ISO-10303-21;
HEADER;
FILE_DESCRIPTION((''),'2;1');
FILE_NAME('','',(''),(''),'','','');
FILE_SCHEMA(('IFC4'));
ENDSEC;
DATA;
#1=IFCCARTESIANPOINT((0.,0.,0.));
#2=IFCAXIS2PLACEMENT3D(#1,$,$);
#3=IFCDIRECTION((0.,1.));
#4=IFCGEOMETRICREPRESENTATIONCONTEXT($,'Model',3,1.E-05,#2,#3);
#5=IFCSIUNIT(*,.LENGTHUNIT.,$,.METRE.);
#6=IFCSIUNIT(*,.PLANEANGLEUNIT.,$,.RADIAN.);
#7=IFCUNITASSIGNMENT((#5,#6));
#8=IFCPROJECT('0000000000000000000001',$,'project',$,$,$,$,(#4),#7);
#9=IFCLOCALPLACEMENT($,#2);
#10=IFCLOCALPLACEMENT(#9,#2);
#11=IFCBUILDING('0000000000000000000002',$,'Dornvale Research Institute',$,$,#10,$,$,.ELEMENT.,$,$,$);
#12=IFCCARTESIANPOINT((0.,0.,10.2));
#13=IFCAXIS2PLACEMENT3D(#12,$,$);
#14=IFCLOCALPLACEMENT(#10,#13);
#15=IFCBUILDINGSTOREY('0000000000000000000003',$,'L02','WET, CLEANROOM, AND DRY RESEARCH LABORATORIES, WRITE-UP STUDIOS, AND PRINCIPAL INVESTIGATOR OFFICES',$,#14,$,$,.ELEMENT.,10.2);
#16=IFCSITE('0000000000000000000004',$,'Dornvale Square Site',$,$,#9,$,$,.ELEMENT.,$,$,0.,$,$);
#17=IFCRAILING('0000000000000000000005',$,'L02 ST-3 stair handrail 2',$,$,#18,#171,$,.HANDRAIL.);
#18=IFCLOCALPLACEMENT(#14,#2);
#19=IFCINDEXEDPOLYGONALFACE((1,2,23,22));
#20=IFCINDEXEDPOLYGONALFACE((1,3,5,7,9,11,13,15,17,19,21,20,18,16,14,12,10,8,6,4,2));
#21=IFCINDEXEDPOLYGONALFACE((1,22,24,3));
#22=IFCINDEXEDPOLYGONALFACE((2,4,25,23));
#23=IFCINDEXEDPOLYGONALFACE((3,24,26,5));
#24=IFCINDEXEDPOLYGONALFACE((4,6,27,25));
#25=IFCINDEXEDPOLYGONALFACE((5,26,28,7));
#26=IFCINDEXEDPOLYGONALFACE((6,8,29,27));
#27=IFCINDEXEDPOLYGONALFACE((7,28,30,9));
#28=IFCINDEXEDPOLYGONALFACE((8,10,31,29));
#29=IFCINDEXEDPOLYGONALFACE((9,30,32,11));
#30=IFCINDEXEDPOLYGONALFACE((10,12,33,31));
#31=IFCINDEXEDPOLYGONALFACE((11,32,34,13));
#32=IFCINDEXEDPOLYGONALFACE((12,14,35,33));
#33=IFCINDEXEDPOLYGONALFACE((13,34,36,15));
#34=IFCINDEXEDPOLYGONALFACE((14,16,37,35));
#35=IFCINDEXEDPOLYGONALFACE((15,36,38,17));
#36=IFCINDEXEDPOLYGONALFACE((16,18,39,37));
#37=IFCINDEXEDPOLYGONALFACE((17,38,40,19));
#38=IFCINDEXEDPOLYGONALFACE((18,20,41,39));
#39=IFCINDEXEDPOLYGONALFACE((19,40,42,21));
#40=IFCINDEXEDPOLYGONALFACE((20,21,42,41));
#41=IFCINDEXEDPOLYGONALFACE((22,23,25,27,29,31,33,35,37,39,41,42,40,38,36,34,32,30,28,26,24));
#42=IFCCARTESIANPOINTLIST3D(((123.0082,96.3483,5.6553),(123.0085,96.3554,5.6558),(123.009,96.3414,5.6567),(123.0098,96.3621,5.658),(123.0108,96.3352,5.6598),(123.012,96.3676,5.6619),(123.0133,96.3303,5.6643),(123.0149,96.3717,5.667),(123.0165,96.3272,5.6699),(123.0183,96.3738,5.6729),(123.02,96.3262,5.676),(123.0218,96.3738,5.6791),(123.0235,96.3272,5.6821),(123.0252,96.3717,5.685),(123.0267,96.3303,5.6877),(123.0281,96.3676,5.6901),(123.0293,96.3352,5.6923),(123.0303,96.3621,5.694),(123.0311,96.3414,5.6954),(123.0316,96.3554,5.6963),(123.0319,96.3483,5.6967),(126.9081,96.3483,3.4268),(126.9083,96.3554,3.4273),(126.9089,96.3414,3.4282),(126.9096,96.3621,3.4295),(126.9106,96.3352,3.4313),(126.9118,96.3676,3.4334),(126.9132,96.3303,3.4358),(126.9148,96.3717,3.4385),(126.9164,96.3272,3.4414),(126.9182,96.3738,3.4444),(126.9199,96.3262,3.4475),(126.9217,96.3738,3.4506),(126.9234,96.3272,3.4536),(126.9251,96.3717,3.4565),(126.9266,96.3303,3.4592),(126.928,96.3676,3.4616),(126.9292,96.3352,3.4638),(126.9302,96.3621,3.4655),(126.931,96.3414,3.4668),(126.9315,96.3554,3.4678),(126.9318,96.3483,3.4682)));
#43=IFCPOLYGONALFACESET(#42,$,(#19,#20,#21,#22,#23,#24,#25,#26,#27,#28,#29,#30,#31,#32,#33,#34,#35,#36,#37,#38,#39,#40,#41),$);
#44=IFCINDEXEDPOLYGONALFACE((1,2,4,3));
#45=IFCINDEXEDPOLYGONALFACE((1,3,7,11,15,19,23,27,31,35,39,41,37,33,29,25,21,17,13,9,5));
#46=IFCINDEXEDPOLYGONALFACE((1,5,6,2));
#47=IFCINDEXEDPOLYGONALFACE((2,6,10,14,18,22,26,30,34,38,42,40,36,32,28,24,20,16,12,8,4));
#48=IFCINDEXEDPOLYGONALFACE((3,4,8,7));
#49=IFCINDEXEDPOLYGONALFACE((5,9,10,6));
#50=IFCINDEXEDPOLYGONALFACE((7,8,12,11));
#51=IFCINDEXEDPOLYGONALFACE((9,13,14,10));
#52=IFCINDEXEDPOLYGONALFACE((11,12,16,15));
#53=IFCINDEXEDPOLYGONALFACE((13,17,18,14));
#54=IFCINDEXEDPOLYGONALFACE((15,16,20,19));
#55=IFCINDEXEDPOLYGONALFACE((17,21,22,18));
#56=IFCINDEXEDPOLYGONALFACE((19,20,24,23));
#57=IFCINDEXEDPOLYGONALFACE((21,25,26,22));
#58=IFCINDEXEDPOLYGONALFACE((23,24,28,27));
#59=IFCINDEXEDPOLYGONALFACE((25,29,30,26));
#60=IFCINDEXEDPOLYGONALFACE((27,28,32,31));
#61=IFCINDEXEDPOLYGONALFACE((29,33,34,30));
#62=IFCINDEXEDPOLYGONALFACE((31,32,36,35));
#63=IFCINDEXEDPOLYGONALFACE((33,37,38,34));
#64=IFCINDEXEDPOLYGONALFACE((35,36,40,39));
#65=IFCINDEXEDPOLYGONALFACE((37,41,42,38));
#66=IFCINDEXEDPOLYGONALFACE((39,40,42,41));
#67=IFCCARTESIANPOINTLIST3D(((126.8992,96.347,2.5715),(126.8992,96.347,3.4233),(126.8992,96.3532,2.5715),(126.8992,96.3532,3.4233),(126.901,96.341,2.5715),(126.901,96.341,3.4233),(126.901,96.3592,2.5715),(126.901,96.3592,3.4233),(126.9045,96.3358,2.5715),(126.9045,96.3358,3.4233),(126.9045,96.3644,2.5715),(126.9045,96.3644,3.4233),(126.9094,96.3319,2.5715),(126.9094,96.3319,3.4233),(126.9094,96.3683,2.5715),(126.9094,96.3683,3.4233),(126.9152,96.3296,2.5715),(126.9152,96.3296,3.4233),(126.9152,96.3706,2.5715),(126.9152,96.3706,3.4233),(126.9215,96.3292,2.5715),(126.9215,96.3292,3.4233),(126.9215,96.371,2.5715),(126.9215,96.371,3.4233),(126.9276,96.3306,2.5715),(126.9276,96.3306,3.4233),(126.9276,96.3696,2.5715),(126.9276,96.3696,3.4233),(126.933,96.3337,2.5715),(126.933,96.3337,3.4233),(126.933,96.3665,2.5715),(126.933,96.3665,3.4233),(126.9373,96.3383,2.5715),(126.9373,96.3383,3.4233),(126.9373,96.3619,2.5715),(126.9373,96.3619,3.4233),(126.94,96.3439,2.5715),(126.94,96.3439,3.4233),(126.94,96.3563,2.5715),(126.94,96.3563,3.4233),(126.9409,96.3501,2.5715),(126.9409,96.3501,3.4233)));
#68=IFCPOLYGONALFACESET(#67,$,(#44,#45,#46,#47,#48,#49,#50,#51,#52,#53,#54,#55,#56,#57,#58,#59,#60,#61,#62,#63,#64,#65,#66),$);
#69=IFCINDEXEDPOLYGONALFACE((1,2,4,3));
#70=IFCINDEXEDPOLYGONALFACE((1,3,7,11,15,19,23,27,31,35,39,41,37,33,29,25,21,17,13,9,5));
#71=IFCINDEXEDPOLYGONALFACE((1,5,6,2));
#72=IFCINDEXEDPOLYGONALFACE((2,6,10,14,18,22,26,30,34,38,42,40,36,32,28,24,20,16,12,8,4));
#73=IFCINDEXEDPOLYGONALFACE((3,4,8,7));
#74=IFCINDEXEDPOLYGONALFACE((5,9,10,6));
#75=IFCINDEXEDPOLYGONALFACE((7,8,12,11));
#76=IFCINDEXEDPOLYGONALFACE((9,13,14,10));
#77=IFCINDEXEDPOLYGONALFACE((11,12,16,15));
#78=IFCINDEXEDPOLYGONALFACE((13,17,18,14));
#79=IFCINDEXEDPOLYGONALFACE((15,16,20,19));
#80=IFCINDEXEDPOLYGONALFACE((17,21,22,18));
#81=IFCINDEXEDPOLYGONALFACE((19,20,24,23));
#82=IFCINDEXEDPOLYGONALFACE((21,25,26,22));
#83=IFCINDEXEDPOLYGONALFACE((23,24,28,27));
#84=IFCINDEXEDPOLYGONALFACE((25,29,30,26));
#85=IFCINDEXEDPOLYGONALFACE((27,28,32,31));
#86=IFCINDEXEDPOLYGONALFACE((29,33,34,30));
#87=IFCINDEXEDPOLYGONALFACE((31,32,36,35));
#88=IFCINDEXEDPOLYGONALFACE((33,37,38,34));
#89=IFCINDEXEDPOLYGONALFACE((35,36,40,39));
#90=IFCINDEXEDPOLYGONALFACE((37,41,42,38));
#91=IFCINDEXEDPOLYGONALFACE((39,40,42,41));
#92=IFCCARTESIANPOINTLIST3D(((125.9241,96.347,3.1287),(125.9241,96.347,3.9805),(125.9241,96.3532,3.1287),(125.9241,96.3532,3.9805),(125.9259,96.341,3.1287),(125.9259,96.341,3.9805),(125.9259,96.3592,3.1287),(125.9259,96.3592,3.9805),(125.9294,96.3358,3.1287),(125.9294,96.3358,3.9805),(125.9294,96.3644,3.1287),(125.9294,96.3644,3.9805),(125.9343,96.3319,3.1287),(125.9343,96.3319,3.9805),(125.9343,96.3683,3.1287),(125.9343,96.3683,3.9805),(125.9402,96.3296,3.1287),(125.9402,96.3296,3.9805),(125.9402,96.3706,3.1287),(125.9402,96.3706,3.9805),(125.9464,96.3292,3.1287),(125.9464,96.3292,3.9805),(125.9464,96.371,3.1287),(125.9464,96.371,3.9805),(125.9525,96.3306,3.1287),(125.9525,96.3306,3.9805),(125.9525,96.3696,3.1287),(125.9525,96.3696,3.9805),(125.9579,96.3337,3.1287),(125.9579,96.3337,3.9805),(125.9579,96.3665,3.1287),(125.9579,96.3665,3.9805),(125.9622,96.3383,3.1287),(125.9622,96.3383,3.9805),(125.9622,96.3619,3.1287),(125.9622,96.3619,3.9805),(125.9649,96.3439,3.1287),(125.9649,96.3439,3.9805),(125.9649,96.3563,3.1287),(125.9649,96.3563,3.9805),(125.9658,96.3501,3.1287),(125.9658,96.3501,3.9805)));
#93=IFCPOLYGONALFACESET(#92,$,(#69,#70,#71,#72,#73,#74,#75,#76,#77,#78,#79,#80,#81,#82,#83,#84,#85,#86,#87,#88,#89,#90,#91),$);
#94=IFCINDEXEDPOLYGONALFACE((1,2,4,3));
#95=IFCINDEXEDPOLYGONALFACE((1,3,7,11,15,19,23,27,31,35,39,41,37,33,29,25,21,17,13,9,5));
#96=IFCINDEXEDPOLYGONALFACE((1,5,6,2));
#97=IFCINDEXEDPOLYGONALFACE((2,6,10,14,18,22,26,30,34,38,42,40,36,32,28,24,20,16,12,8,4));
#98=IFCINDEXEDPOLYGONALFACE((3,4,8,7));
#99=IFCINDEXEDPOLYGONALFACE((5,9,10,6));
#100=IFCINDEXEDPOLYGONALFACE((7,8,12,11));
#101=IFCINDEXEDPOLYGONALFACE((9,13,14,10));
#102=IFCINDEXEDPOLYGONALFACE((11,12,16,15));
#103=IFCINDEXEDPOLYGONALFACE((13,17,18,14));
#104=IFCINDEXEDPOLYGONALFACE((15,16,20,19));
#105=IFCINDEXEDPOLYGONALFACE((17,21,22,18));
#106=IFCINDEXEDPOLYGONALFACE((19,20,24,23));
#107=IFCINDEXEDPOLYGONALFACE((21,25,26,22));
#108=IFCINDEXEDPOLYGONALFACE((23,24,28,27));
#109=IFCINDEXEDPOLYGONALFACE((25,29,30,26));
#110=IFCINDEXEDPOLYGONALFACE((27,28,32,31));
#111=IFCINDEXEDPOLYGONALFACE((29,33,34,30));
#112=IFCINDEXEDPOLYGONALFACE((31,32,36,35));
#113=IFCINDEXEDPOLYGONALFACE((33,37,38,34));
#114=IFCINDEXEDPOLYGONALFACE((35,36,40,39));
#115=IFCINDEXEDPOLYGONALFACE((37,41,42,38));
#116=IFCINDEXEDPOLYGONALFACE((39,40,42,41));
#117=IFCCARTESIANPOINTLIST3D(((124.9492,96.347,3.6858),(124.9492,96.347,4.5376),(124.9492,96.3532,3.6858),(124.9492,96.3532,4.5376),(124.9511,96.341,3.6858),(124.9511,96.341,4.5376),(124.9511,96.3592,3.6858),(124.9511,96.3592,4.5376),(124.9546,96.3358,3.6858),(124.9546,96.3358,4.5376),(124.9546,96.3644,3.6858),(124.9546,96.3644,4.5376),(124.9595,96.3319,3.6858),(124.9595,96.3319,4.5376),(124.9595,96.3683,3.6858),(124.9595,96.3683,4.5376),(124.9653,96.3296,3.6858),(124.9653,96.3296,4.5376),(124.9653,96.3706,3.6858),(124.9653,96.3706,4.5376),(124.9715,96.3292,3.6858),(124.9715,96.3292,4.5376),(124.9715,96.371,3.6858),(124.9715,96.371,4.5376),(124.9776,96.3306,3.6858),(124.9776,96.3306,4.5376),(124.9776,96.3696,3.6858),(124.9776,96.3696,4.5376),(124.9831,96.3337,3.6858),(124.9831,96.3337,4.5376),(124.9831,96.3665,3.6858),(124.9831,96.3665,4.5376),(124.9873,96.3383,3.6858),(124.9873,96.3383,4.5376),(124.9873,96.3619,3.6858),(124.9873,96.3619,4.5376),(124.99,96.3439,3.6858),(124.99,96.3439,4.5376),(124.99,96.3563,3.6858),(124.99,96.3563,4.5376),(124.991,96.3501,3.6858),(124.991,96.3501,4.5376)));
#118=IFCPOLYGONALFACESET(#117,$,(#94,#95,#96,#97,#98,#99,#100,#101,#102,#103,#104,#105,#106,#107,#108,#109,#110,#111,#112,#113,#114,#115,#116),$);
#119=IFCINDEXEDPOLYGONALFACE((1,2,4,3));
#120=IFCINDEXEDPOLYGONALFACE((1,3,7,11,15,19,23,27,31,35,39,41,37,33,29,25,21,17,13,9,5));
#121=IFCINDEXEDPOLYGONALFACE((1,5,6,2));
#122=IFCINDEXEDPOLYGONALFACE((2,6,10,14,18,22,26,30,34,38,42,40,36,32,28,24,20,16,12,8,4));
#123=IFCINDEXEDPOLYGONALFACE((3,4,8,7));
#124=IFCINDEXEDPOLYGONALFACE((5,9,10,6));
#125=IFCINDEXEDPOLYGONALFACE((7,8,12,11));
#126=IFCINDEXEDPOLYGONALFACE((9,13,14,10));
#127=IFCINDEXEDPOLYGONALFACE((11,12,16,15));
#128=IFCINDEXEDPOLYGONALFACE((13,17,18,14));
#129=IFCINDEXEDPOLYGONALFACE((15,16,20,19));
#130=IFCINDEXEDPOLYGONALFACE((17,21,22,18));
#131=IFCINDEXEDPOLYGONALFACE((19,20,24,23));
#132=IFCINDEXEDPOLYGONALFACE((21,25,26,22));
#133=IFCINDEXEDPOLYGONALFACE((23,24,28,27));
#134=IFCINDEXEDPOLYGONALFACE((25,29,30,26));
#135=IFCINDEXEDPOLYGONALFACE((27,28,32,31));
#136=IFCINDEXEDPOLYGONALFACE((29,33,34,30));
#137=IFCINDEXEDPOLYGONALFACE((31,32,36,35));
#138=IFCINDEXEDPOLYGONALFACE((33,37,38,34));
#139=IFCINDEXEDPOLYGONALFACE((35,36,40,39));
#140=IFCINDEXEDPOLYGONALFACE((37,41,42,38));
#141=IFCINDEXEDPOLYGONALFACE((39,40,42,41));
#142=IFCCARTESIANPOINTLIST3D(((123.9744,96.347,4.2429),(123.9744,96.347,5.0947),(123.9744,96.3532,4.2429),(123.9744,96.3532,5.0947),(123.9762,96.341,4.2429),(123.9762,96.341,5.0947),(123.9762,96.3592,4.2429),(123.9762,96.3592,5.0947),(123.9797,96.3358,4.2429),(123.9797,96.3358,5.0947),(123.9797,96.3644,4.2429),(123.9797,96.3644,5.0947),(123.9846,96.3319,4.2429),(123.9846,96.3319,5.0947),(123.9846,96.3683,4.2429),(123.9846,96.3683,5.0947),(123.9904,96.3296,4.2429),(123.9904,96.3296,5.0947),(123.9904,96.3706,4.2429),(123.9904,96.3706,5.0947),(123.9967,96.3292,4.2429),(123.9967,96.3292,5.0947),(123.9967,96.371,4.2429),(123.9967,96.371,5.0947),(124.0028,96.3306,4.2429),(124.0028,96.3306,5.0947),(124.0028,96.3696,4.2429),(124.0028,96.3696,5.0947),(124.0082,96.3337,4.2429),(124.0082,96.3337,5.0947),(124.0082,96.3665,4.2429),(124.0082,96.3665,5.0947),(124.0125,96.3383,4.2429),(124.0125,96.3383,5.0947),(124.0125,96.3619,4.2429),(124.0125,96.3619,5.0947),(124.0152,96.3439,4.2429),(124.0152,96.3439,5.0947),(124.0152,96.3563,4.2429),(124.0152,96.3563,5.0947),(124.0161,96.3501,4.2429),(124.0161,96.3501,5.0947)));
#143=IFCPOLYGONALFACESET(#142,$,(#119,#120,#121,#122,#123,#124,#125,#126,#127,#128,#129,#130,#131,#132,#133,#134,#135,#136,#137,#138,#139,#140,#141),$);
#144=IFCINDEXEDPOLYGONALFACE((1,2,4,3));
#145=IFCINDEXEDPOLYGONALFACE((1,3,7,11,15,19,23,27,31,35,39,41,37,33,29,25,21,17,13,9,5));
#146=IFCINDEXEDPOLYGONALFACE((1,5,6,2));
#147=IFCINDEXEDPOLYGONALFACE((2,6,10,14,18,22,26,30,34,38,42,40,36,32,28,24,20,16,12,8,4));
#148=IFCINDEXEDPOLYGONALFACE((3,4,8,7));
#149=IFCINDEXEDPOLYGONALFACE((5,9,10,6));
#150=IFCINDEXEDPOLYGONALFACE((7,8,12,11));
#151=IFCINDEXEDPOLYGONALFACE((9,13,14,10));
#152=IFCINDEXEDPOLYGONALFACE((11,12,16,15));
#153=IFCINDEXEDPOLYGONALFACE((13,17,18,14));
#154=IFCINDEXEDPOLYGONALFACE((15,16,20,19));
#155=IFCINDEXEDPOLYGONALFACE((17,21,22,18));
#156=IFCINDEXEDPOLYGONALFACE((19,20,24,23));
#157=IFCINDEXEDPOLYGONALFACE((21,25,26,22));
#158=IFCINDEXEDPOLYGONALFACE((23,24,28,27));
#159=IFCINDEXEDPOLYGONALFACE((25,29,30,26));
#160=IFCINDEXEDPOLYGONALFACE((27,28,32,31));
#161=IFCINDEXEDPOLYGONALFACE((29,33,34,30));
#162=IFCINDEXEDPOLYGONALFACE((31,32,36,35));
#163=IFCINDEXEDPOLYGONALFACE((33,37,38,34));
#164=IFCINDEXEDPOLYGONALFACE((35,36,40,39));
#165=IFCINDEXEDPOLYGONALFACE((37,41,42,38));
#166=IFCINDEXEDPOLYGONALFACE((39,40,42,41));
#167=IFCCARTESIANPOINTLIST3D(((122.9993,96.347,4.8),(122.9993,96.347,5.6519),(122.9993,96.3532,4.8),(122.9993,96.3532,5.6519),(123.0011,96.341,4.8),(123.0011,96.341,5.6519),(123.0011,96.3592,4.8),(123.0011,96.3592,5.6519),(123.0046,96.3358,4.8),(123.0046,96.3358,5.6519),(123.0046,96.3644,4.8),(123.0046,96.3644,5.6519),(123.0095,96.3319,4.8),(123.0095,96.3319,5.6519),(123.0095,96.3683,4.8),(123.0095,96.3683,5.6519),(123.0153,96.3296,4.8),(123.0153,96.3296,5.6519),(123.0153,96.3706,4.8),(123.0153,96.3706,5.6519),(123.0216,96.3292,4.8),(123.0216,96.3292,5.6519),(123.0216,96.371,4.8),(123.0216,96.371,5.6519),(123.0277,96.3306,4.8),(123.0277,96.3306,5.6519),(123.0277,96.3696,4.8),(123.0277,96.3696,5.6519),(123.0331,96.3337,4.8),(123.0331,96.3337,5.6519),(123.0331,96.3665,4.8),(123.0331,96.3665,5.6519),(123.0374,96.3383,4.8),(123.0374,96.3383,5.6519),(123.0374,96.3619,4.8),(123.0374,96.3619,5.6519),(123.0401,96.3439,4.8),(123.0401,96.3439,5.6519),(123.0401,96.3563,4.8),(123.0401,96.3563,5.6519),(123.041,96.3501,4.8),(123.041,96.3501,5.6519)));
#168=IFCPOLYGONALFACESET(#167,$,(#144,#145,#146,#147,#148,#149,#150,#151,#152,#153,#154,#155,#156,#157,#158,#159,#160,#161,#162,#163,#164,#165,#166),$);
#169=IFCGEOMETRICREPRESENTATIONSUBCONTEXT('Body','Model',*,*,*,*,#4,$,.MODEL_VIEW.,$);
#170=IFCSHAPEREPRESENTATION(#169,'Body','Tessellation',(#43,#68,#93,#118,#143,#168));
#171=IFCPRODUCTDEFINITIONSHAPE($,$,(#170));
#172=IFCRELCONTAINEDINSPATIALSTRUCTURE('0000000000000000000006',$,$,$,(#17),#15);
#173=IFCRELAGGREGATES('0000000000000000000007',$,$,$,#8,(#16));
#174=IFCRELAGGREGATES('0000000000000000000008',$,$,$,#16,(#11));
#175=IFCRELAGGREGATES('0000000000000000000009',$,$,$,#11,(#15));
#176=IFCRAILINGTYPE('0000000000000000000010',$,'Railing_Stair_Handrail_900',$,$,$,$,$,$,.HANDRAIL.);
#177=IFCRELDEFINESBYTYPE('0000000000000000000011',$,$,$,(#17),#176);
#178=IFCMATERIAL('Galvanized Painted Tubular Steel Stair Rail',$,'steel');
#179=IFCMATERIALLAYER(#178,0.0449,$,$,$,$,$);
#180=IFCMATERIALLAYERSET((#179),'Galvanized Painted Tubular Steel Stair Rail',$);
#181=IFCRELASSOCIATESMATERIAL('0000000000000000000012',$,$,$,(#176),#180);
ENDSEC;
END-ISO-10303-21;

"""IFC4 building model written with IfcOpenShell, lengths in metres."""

from ifc_helpers import new_model, si_unit, direction, frame, origin, origin_2d, place, context, subcontext, project, spatial, circle, extrude, material, layer, layer_set, type_object, element, save


model = new_model("IFC4")

# Units and contexts
model_context = context("Model", 3, precision=1e-05, world=origin(), true_north=direction((0.0, 1.0)))
body_context = subcontext(model_context, "Body", "Model", "MODEL_VIEW")
ifc_project = project(units=[si_unit("LENGTHUNIT", "METRE"), si_unit("PLANEANGLEUNIT", "RADIAN")], contexts=[model_context])

# Site, building, storey
site_placement = place(None, origin())
site = spatial("IfcSite", under=ifc_project, at=site_placement, Name="Dornvale Square Site", CompositionType="ELEMENT", RefElevation=0.0)
building_placement = place(site_placement, origin())
building = spatial("IfcBuilding", under=site, at=building_placement, Name="Dornvale Research Institute", CompositionType="ELEMENT")
storey_placement = place(building_placement, frame((0.0, 0.0, 10.2)))
storey = spatial("IfcBuildingStorey", under=building, at=storey_placement, Name="L02", Description="WET, CLEANROOM, AND DRY RESEARCH LABORATORIES, WRITE-UP STUDIOS, AND PRINCIPAL INVESTIGATOR OFFICES", CompositionType="ELEMENT", Elevation=10.2)

# Railing
ifc_material_1 = material(Name="Galvanized Painted Tubular Steel Stair Rail", Category="steel")
ifc_layer_1 = layer(ifc_material_1, 0.0449)
ifc_layer_set_1 = layer_set([ifc_layer_1], Name="Galvanized Painted Tubular Steel Stair Rail")
railing_type_1 = type_object("IfcRailingType", Name="Railing_Stair_Handrail_900", PredefinedType="HANDRAIL", material=ifc_layer_set_1)
railing_1_placement = place(storey_placement, frame((126.9199, 96.3501, 2.5715)))
element("IfcRailing", 1, at=railing_1_placement, inside=storey, type_object=railing_type_1, Name="L02 ST-3 stair handrail 2", PredefinedType="HANDRAIL", context=body_context, shape_type="SweptSolid", body=[
    extrude(circle(Radius=0.0239, at=origin_2d()), frame((0.0, 0.0, 0.876), z_axis=(-0.868243, 0.0, 0.496139), x_axis=(0.0, -1.0, 0.0)), (0.0, 0.0, 1.0), 4.4917),
    extrude(circle(Radius=0.021, at=origin_2d()), origin(), (0.0, 0.0, 1.0), 0.8518),
    extrude(circle(Radius=0.021, at=origin_2d()), frame((-0.9751, 0.0, 0.5571)), (0.0, 0.0, 1.0), 0.8518),
    extrude(circle(Radius=0.021, at=origin_2d()), frame((-1.95, 0.0, 1.1143)), (0.0, 0.0, 1.0), 0.8518),
    extrude(circle(Radius=0.021, at=origin_2d()), frame((-2.9248, 0.0, 1.6714)), (0.0, 0.0, 1.0), 0.8518),
    extrude(circle(Radius=0.021, at=origin_2d()), frame((-3.8999, 0.0, 2.2285)), (0.0, 0.0, 1.0), 0.8518),
])

save(model, "model.ifc")
